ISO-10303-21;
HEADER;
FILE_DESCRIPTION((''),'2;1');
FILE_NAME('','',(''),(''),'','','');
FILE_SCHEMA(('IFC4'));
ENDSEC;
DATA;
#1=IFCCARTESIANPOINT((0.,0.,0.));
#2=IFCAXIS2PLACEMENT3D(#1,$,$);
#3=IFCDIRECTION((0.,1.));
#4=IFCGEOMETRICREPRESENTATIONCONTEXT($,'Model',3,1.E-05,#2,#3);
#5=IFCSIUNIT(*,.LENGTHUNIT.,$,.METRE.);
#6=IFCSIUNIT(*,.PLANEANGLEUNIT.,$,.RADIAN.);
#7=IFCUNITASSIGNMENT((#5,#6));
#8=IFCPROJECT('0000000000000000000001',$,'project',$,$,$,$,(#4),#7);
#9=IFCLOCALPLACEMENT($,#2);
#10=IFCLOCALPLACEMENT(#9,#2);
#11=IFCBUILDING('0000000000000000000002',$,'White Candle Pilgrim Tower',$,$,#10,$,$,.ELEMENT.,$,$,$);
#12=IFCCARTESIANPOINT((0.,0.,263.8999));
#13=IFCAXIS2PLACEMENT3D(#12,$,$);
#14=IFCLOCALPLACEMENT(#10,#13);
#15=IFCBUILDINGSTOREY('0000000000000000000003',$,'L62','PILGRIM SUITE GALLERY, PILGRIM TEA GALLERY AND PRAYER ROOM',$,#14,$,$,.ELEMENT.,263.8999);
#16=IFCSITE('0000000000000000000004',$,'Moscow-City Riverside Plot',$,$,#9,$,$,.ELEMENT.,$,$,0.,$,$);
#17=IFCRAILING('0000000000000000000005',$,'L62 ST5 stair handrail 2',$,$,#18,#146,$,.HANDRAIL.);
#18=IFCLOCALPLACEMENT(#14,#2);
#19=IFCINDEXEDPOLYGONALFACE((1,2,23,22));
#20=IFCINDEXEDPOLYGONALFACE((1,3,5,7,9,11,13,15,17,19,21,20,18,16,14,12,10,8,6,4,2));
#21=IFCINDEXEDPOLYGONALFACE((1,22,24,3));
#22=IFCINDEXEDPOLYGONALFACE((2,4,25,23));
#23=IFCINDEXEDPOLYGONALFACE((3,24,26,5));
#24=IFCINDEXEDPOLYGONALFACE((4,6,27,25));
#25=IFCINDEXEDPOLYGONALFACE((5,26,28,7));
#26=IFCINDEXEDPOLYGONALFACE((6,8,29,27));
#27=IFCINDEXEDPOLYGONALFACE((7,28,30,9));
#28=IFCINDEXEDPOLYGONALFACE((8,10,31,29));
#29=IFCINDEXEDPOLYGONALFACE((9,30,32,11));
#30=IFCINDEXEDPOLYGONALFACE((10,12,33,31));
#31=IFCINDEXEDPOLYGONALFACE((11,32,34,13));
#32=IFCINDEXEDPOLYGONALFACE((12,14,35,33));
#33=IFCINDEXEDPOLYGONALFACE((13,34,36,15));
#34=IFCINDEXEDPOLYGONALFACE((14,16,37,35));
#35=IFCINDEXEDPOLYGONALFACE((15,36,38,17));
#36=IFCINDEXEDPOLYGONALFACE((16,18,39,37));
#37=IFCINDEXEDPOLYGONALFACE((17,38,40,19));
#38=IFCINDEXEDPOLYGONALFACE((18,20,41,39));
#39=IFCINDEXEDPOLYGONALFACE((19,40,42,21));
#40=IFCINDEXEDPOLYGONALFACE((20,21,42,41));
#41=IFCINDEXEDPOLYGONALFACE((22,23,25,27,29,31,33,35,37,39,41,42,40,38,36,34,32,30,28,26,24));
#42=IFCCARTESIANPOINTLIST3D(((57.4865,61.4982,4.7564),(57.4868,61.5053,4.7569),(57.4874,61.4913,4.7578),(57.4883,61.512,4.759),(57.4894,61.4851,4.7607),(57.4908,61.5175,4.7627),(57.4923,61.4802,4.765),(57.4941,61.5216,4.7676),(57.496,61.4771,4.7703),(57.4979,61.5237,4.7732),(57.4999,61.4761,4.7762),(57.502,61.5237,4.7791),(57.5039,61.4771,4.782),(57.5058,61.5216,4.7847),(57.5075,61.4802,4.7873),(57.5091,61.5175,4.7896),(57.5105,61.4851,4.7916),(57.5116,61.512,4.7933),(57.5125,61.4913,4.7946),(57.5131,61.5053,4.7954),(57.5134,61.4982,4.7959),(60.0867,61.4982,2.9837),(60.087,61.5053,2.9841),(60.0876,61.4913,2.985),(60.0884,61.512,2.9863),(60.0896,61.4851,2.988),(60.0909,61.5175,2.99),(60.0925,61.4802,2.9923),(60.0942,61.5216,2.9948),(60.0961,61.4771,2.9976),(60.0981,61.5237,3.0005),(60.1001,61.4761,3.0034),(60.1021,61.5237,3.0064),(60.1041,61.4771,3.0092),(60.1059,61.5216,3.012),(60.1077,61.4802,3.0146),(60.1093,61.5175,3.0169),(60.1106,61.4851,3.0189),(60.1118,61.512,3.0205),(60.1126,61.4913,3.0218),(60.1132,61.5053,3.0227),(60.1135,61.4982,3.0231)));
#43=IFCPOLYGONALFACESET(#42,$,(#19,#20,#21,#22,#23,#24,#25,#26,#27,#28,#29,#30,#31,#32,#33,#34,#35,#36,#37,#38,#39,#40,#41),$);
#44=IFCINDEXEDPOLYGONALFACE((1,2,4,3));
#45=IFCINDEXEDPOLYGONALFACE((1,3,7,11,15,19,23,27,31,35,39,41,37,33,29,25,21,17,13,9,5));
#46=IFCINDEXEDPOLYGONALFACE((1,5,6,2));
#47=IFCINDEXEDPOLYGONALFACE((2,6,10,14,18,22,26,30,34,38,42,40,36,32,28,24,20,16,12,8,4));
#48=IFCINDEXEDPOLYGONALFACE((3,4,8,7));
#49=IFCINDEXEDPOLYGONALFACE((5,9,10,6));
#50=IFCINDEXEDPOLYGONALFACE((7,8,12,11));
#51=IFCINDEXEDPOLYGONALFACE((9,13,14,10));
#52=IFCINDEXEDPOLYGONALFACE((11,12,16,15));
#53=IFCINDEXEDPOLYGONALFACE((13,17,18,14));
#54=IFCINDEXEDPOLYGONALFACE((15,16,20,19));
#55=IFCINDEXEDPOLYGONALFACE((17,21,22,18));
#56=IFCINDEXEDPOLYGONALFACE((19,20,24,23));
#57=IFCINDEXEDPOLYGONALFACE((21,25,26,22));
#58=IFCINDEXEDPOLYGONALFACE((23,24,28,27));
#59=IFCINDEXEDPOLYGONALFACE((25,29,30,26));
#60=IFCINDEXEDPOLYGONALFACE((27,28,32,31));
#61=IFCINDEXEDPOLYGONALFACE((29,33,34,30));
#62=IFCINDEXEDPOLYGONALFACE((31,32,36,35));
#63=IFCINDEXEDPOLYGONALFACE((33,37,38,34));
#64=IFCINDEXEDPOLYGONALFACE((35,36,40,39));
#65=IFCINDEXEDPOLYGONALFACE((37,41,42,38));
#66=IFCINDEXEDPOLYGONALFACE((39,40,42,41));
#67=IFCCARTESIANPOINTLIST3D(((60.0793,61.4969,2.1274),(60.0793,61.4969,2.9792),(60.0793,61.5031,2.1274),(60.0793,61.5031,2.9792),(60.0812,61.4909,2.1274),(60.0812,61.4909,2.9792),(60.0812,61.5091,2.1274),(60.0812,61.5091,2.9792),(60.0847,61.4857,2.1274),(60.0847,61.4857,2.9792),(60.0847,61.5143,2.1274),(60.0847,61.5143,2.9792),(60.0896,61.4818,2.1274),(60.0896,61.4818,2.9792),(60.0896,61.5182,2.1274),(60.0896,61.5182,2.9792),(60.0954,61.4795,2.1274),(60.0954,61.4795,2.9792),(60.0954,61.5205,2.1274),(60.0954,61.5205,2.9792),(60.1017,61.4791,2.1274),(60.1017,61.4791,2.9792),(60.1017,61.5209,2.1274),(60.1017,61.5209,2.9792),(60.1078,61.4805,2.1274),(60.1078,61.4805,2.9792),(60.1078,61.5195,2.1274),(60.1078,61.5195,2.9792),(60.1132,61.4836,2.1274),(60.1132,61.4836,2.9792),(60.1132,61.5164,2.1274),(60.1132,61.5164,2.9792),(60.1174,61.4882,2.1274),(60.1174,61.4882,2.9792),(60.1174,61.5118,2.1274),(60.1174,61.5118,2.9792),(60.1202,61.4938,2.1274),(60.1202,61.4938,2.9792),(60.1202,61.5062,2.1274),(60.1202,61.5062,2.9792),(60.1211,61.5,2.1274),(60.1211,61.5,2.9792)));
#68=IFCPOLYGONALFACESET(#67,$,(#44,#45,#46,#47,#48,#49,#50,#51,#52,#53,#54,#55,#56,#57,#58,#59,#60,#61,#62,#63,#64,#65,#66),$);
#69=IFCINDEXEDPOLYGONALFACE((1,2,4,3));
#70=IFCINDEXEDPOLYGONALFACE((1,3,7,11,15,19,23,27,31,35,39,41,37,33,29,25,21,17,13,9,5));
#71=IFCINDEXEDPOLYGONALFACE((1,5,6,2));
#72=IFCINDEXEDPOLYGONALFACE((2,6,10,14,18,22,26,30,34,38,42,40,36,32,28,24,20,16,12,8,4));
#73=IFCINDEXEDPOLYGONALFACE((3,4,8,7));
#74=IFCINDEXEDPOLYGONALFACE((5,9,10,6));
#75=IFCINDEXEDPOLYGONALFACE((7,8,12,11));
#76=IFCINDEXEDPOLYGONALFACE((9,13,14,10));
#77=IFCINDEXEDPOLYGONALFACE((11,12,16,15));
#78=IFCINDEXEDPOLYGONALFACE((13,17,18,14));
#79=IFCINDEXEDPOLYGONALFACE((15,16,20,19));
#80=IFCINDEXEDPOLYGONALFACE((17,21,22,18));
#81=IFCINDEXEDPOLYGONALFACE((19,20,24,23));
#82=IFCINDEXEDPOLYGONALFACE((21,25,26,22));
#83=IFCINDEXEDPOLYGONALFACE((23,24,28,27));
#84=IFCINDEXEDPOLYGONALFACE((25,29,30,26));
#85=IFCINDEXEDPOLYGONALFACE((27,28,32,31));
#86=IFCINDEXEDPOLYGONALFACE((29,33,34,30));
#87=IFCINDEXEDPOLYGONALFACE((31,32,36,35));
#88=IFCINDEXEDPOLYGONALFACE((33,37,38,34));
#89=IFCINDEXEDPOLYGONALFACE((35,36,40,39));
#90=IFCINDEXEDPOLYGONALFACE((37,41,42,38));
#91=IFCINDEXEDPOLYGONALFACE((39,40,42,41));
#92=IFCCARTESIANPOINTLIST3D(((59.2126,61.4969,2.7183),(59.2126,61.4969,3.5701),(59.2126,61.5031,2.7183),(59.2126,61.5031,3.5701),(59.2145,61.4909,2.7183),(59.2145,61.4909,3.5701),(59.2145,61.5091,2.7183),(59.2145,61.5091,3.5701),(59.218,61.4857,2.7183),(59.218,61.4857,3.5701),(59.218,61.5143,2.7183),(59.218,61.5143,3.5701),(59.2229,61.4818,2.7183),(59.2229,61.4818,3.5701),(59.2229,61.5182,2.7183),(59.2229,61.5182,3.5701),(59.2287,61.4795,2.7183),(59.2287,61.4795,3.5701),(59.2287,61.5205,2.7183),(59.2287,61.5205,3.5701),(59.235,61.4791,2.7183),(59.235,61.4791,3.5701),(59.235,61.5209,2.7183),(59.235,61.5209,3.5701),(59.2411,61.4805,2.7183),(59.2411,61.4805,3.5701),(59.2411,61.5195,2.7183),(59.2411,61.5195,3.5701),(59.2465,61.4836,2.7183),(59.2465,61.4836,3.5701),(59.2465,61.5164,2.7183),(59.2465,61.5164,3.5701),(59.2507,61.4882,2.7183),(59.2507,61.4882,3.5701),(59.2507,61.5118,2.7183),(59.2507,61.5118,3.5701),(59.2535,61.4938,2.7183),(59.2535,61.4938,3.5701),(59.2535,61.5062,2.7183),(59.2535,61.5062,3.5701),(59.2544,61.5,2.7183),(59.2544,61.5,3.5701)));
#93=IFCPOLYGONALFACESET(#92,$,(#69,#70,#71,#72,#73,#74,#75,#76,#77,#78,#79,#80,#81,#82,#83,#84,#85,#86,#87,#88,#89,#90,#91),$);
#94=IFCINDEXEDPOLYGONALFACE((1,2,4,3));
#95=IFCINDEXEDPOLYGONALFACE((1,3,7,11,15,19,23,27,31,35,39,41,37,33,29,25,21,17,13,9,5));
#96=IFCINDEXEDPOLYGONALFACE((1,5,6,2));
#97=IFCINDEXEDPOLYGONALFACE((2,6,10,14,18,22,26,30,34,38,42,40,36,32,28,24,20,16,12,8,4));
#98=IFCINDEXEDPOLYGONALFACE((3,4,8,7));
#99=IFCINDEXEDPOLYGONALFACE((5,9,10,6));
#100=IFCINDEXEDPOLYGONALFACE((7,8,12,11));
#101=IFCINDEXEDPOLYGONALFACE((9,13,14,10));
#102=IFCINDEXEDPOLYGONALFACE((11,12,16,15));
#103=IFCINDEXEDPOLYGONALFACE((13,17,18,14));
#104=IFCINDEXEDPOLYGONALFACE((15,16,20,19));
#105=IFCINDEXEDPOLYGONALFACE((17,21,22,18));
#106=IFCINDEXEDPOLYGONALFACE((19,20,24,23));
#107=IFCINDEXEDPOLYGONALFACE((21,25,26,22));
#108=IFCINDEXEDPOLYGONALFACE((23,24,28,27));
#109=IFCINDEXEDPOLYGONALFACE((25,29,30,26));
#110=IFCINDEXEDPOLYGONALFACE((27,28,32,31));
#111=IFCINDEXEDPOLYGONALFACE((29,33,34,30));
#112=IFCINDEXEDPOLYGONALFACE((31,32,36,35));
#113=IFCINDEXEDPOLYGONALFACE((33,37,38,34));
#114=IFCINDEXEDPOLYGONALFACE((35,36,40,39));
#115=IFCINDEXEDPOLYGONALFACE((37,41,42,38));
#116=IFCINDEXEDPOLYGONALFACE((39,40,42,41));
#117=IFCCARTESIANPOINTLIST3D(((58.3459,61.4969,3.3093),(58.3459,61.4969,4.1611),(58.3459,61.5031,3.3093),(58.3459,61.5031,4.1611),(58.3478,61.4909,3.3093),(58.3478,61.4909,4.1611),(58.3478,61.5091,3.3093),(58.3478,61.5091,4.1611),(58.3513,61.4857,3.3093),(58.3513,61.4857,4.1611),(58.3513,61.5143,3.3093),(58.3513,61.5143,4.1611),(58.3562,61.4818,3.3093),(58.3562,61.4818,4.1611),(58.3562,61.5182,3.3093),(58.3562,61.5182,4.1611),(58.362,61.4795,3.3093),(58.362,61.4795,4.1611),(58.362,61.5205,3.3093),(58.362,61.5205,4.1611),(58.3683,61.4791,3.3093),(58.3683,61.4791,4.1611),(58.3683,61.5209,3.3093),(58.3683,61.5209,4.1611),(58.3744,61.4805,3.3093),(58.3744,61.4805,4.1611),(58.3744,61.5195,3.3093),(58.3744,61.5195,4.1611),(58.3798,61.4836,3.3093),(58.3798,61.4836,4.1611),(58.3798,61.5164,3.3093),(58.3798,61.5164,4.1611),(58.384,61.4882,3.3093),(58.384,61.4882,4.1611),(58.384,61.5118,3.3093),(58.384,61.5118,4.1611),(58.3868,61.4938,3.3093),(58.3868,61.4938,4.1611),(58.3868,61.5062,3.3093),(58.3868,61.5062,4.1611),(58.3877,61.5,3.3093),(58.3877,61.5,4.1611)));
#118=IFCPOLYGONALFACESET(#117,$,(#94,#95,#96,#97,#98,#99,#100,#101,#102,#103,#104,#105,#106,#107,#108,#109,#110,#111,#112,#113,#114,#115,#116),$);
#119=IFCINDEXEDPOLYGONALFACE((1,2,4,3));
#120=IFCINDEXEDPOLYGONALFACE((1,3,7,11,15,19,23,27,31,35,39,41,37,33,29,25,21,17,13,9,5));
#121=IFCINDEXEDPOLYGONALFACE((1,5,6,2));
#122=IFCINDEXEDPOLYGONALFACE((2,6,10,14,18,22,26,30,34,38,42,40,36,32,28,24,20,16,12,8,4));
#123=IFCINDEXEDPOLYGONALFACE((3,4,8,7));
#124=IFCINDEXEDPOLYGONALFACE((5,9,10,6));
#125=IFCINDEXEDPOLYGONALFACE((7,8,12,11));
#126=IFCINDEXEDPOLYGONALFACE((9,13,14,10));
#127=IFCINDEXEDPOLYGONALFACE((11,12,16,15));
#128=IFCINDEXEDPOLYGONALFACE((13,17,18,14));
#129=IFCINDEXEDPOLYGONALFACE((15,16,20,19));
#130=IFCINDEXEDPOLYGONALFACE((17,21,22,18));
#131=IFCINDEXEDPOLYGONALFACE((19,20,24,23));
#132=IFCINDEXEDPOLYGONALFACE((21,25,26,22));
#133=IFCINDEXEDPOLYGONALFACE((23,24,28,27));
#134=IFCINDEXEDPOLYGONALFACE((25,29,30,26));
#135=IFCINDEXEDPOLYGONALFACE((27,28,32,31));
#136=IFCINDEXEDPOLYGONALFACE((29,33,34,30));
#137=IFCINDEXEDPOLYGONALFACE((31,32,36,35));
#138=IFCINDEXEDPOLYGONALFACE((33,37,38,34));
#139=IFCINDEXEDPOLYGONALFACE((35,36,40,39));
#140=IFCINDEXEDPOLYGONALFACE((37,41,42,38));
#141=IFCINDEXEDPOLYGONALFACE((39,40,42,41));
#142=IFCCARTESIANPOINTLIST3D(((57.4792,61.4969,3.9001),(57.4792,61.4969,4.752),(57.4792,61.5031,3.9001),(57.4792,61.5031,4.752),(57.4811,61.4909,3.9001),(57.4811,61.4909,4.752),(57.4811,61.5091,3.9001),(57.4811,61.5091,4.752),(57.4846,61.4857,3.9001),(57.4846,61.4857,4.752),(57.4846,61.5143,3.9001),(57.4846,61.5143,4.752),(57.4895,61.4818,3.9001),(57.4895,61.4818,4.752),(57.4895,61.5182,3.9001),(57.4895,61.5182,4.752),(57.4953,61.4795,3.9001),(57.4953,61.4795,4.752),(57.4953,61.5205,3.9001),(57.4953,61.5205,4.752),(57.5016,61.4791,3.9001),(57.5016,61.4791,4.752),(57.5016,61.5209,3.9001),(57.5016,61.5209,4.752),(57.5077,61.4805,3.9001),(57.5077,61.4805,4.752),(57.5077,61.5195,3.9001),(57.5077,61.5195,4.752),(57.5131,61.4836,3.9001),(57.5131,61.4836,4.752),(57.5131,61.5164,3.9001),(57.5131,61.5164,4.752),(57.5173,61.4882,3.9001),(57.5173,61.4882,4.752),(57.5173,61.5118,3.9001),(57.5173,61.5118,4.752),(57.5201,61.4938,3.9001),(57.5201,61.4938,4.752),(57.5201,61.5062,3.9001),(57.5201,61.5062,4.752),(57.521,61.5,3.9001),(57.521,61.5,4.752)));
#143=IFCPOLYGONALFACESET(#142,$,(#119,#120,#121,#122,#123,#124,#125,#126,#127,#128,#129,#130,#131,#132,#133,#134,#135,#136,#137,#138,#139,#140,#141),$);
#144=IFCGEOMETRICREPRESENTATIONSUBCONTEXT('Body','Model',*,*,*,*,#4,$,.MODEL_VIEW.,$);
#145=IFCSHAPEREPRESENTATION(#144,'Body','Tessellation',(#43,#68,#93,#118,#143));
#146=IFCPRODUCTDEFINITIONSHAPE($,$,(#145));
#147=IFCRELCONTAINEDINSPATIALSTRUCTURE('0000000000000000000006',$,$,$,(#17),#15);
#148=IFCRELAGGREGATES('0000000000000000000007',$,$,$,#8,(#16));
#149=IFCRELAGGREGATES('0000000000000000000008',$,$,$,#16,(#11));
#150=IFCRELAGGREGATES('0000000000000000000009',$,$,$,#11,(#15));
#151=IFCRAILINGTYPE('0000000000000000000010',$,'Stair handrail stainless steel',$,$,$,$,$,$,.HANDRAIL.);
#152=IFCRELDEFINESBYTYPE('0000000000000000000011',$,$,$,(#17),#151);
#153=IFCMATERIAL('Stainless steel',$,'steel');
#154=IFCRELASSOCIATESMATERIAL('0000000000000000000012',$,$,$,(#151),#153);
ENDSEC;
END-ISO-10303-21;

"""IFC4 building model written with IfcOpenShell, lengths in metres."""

from ifc_helpers import new_model, si_unit, direction, frame, origin, origin_2d, place, context, subcontext, project, spatial, circle, extrude, material, type_object, element, save


model = new_model("IFC4")

# Units and contexts
model_context = context("Model", 3, precision=1e-05, world=origin(), true_north=direction((0.0, 1.0)))
body_context = subcontext(model_context, "Body", "Model", "MODEL_VIEW")
ifc_project = project(units=[si_unit("LENGTHUNIT", "METRE"), si_unit("PLANEANGLEUNIT", "RADIAN")], contexts=[model_context])

# Site, building, storey
site_placement = place(None, origin())
site = spatial("IfcSite", under=ifc_project, at=site_placement, Name="Moscow-City Riverside Plot", CompositionType="ELEMENT", RefElevation=0.0)
building_placement = place(site_placement, origin())
building = spatial("IfcBuilding", under=site, at=building_placement, Name="White Candle Pilgrim Tower", CompositionType="ELEMENT")
storey_placement = place(building_placement, frame((0.0, 0.0, 263.8999)))
storey = spatial("IfcBuildingStorey", under=building, at=storey_placement, Name="L62", Description="PILGRIM SUITE GALLERY, PILGRIM TEA GALLERY AND PRAYER ROOM", CompositionType="ELEMENT", Elevation=263.8999)

# Railing
ifc_material_1 = material(Name="Stainless steel", Category="steel")
railing_type_1 = type_object("IfcRailingType", Name="Stair handrail stainless steel", PredefinedType="HANDRAIL", material=ifc_material_1)
railing_1_placement = place(storey_placement, frame((60.1001, 61.5, 2.1274)))
element("IfcRailing", 1, at=railing_1_placement, inside=storey, type_object=railing_type_1, Name="L62 ST5 stair handrail 2", PredefinedType="HANDRAIL", context=body_context, shape_type="SweptSolid", body=[
    extrude(circle(Radius=0.0239, at=origin_2d()), frame((0.0, 0.0, 0.876), z_axis=(-0.82624, 0.0, 0.563318), x_axis=(0.0, -1.0, 0.0)), (0.0, 0.0, 1.0), 3.147),
    extrude(circle(Radius=0.021, at=origin_2d()), origin(), (0.0, 0.0, 1.0), 0.8518),
    extrude(circle(Radius=0.021, at=origin_2d()), frame((-0.8667, 0.0, 0.5908)), (0.0, 0.0, 1.0), 0.8518),
    extrude(circle(Radius=0.021, at=origin_2d()), frame((-1.7334, 0.0, 1.1819)), (0.0, 0.0, 1.0), 0.8518),
    extrude(circle(Radius=0.021, at=origin_2d()), frame((-2.6001, 0.0, 1.7727)), (0.0, 0.0, 1.0), 0.8518),
])

save(model, "model.ifc")
